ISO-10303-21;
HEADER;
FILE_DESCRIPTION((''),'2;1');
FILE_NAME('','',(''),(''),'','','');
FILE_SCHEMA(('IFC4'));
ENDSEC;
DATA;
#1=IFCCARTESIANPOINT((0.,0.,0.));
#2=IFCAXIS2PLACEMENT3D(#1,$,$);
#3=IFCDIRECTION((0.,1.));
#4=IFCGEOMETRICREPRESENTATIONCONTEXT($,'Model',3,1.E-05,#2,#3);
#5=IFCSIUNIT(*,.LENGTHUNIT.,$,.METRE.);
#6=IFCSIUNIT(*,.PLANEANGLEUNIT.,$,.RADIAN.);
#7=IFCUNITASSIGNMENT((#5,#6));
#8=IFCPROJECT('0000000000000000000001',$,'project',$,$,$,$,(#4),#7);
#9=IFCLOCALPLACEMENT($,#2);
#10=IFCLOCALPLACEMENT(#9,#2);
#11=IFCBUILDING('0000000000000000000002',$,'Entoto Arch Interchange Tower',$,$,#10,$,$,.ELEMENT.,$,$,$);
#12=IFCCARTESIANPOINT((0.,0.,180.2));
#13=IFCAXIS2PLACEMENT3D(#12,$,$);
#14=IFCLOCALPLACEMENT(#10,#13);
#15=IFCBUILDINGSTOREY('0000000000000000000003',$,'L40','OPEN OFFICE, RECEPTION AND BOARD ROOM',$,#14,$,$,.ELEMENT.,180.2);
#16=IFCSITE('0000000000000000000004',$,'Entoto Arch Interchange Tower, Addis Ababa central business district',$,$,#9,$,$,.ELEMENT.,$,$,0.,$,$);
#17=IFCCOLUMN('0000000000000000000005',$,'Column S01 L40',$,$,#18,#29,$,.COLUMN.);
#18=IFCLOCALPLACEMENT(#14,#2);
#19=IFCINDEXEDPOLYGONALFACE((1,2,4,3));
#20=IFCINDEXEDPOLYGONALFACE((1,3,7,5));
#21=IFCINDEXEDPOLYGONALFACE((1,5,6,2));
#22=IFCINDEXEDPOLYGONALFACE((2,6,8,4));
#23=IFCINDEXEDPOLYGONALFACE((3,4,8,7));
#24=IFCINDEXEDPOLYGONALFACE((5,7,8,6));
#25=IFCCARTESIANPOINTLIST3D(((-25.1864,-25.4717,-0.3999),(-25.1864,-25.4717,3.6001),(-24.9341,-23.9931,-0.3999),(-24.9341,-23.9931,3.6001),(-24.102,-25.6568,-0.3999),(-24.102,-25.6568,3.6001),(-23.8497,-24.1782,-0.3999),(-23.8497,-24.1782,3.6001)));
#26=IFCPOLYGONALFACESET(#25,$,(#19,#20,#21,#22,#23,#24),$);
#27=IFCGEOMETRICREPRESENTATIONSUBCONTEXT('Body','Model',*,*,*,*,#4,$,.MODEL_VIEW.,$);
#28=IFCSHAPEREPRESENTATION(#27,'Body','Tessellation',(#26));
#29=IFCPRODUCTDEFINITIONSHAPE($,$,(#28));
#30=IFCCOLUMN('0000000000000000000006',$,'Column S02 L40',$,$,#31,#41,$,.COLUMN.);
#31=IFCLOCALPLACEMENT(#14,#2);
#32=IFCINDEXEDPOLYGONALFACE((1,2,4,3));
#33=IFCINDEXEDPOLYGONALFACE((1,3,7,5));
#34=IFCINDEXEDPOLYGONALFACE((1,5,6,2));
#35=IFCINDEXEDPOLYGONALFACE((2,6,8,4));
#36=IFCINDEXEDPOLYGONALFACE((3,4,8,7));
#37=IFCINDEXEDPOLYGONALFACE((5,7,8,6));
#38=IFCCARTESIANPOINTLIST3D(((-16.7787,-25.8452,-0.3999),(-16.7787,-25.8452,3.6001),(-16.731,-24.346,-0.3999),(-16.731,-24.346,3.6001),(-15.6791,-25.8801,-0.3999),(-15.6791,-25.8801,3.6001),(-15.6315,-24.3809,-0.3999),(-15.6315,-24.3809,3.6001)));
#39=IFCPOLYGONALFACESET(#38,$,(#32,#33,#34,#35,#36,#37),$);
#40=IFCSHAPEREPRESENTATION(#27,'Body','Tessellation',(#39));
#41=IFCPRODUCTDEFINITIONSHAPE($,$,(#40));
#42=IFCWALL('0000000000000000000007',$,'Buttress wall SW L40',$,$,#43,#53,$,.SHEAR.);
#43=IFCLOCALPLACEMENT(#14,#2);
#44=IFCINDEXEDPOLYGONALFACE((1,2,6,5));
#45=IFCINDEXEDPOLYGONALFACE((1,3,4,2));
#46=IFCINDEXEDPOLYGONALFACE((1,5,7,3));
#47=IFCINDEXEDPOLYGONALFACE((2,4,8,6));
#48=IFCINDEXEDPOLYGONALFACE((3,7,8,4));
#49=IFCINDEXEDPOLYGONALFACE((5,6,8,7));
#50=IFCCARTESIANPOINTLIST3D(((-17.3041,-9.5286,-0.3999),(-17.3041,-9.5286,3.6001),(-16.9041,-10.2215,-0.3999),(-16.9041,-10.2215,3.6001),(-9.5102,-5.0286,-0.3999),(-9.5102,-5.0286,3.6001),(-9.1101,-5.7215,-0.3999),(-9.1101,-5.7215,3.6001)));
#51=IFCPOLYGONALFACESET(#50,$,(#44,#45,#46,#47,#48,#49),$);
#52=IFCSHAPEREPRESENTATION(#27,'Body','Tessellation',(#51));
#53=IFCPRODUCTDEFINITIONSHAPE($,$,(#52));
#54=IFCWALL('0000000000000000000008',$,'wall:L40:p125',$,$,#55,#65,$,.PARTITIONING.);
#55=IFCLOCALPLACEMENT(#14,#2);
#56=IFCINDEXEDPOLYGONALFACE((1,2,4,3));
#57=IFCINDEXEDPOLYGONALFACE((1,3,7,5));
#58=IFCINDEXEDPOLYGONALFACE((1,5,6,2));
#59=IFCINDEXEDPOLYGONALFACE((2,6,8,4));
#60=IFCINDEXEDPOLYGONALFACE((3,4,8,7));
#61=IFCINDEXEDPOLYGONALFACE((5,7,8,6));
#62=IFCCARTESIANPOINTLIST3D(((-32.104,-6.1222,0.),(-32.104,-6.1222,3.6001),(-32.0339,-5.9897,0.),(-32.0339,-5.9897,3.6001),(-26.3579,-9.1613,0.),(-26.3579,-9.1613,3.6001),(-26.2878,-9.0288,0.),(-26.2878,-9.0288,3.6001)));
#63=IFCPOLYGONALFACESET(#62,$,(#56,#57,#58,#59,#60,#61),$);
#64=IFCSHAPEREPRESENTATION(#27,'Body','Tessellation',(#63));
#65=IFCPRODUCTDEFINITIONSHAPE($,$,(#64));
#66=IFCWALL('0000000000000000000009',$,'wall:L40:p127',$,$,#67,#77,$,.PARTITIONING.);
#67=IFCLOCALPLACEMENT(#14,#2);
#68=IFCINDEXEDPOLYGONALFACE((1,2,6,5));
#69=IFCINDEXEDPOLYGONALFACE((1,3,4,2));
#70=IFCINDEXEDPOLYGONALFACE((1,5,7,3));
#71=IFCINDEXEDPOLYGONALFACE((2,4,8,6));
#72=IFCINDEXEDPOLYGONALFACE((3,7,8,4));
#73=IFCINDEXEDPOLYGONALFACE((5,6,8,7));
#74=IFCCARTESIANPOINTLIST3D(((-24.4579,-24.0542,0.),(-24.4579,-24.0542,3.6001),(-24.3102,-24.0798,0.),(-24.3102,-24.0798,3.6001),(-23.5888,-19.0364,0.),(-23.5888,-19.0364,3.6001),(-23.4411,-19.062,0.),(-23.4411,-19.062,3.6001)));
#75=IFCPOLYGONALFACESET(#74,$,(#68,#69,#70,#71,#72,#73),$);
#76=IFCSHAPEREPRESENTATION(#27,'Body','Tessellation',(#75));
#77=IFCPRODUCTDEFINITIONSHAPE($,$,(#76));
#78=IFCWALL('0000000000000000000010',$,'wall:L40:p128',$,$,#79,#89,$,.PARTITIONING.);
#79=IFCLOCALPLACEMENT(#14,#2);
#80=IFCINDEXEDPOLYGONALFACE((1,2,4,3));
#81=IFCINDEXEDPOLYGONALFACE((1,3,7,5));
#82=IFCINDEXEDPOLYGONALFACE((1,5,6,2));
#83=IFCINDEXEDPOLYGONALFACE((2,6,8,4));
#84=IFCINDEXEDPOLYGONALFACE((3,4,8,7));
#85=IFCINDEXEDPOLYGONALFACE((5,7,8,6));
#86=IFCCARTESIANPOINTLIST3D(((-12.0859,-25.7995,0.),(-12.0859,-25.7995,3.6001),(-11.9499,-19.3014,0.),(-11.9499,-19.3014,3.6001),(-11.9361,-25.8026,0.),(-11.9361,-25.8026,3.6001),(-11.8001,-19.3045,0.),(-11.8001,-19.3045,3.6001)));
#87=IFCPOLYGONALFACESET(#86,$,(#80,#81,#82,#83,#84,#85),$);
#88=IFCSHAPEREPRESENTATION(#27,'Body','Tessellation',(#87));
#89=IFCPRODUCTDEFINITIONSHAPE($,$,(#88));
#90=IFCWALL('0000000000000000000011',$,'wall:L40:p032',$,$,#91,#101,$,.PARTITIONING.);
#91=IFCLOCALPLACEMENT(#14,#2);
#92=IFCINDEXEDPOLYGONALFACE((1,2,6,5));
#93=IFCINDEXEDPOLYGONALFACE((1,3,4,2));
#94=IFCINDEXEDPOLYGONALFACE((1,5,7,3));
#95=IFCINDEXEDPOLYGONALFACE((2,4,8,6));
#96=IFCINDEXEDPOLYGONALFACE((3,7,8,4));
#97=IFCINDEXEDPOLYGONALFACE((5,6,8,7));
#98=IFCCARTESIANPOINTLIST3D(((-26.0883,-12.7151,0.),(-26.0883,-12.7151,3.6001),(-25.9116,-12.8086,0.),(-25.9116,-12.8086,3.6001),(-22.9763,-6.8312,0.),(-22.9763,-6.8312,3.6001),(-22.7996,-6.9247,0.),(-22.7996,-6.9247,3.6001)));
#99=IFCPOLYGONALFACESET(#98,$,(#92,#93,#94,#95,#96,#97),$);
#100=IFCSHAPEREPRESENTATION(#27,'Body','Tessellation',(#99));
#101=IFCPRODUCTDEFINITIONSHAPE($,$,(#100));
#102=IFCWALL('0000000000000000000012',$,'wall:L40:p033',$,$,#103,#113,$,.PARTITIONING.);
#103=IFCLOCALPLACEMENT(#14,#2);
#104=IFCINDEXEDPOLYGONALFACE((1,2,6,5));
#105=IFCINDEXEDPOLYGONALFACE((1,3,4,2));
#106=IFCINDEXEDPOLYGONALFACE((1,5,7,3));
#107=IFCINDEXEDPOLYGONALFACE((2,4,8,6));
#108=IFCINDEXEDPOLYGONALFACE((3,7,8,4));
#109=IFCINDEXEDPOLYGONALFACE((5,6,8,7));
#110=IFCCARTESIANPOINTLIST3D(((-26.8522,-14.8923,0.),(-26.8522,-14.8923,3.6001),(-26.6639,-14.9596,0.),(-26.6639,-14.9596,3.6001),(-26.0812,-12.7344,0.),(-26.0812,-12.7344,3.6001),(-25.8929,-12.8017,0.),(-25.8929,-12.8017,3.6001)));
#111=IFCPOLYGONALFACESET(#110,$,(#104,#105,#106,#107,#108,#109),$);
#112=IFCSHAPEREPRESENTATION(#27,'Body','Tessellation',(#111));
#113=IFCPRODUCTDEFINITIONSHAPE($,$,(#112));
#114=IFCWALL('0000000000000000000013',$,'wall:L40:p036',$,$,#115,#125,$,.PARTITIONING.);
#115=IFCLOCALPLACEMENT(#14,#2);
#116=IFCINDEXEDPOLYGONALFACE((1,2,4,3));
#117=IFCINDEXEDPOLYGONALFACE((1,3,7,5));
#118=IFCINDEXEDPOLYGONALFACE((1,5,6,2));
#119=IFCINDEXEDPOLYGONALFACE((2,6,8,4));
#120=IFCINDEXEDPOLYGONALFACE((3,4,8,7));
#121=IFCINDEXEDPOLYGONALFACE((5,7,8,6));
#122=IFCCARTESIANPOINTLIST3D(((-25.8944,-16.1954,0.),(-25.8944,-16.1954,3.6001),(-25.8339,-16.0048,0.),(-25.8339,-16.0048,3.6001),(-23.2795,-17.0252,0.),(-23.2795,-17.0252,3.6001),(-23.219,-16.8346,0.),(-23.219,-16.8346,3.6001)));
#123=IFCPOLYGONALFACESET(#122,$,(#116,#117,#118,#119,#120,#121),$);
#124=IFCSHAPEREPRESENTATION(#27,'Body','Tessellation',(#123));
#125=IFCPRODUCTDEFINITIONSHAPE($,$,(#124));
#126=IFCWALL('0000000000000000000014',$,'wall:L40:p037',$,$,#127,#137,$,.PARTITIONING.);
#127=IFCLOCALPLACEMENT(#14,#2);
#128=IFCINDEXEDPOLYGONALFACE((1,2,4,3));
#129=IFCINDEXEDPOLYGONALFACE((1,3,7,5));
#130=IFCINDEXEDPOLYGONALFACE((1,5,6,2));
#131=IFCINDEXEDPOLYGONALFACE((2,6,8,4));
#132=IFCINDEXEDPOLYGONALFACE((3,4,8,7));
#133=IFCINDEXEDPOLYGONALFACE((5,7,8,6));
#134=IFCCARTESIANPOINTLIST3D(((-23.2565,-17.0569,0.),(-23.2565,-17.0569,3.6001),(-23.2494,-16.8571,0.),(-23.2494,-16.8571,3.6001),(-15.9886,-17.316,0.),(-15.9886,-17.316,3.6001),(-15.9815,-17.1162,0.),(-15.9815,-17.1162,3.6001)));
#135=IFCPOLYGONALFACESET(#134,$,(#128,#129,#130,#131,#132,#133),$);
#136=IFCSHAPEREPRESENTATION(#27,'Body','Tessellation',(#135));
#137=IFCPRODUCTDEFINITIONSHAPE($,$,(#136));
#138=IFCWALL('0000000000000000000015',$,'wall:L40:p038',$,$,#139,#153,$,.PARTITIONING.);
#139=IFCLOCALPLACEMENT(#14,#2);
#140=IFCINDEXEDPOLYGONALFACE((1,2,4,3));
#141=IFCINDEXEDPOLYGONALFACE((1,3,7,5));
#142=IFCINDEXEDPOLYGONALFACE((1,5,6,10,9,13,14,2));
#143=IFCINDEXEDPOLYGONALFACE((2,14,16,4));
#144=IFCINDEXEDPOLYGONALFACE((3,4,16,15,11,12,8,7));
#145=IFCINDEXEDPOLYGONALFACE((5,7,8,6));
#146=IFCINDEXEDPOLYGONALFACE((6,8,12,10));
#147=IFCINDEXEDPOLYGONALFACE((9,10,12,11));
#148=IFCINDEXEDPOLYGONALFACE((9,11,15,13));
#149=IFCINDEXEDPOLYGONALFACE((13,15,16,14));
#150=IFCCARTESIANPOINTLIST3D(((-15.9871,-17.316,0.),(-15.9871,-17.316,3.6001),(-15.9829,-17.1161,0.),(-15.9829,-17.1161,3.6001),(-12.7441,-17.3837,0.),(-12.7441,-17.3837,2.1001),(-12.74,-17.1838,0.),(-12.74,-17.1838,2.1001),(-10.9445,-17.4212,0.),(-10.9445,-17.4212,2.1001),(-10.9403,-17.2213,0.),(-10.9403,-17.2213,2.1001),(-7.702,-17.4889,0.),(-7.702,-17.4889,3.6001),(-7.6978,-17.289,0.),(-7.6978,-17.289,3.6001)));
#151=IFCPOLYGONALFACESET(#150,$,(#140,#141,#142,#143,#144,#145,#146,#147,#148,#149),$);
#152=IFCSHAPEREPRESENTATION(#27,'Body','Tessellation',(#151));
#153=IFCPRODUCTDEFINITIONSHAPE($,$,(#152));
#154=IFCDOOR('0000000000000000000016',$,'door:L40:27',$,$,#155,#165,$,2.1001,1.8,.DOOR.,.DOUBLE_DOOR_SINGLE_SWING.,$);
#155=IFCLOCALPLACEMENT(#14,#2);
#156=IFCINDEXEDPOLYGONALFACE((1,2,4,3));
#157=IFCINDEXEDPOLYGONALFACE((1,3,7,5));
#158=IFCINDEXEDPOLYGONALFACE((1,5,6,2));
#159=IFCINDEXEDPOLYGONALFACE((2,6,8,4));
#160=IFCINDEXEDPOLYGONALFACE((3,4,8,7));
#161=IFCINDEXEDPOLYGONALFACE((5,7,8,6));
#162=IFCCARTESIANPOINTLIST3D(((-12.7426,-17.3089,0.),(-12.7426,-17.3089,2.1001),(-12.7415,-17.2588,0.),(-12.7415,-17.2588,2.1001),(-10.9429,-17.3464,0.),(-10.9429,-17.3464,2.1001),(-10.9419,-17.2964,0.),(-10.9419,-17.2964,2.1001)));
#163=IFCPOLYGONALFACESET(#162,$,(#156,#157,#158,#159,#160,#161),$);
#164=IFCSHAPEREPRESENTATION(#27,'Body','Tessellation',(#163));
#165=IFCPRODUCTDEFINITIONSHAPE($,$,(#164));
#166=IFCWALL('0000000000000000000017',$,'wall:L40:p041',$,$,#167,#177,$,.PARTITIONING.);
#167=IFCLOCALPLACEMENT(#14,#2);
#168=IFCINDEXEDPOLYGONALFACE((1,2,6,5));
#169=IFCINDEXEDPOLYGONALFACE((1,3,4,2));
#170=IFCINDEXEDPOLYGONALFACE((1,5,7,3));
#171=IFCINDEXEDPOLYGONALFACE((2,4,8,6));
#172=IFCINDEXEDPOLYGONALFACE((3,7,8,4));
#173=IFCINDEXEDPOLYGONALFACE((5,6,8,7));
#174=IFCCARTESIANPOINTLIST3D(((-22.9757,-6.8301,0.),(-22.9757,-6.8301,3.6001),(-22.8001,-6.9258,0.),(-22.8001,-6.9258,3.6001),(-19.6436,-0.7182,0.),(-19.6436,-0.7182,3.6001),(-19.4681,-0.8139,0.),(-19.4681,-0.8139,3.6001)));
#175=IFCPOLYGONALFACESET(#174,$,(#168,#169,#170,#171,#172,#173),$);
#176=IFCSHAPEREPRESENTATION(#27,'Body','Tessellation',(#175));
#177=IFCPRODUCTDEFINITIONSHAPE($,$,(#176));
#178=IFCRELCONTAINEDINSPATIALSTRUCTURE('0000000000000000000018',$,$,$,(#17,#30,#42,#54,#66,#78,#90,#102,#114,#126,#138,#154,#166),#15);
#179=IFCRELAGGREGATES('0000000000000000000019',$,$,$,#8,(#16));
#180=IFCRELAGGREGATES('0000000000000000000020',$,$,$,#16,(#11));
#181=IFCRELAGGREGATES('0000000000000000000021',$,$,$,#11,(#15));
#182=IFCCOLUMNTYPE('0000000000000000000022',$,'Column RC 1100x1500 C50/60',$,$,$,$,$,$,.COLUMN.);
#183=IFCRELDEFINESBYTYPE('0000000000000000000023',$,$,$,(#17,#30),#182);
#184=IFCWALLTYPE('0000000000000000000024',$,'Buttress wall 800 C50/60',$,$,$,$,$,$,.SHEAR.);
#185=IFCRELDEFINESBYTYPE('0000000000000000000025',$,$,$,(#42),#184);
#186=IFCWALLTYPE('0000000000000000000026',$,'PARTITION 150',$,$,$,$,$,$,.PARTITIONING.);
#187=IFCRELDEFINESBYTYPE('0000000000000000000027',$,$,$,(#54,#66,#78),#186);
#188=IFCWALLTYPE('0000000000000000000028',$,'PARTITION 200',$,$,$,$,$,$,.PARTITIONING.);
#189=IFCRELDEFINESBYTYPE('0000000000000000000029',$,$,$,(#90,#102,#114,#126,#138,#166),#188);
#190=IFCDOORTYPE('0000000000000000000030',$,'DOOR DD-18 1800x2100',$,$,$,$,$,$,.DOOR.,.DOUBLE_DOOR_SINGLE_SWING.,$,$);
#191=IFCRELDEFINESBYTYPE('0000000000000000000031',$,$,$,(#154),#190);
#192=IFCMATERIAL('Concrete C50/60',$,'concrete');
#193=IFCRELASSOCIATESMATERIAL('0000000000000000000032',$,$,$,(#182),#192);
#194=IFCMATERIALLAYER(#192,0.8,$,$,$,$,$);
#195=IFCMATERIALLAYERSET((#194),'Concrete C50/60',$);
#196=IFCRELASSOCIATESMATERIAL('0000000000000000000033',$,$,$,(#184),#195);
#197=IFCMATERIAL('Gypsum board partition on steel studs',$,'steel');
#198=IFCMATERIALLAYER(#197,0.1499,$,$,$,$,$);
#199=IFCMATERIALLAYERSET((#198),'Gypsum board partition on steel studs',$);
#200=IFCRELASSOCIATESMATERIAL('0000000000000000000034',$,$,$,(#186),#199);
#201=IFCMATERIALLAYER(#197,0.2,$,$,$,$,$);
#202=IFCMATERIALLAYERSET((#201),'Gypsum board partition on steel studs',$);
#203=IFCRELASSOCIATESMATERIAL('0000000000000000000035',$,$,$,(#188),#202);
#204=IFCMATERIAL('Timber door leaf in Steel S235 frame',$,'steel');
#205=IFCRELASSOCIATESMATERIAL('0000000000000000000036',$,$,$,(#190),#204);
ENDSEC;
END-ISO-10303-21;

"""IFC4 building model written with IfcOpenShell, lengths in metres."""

from ifc_helpers import new_model, si_unit, direction, frame, frame_2d, origin, origin_2d, place, context, subcontext, project, spatial, rectangle, extrude, material, layer, layer_set, material_profile, profile_set, type_object, element, fill, save


model = new_model("IFC4")

# Units and contexts
model_context = context("Model", 3, precision=1e-05, world=origin(), true_north=direction((0.0, 1.0)))
body_context = subcontext(model_context, "Body", "Model", "MODEL_VIEW")
ifc_project = project(units=[si_unit("LENGTHUNIT", "METRE"), si_unit("PLANEANGLEUNIT", "RADIAN")], contexts=[model_context])

# Site, building, storey
site_placement = place(None, origin())
site = spatial("IfcSite", under=ifc_project, at=site_placement, Name="Entoto Arch Interchange Tower, Addis Ababa central business district", CompositionType="ELEMENT", RefElevation=0.0)
building_placement = place(site_placement, origin())
building = spatial("IfcBuilding", under=site, at=building_placement, Name="Entoto Arch Interchange Tower", CompositionType="ELEMENT")
storey_placement = place(building_placement, frame((0.0, 0.0, 180.2)))
storey = spatial("IfcBuildingStorey", under=building, at=storey_placement, Name="L40", Description="OPEN OFFICE, RECEPTION AND BOARD ROOM", CompositionType="ELEMENT", Elevation=180.2)

# Columns
ifc_material_1 = material(Name="Concrete C50/60", Category="concrete")
ifc_material_profile = material_profile(ifc_material_1, rectangle(XDim=1.1001, YDim=1.5, at=origin_2d()))
ifc_profile_set = profile_set([ifc_material_profile], Name="Concrete C50/60")
column_type = type_object("IfcColumnType", Name="Column RC 1100x1500 C50/60", PredefinedType="COLUMN", material=ifc_profile_set)
for number, where, z_axis, x_axis, name in (
    (1, (-24.5181, -24.825, -0.3999), (0.0, 0.0, 1.0), (-0.985753, 0.168197, 0.0), "Column S01 L40"),
    (2, (-16.2051, -25.113, -0.3999), (0.0, 0.0, 1.0), (-0.999496, 0.031742, 0.0), "Column S02 L40"),
):
    element("IfcColumn", number, at=place(storey_placement, frame(where, z_axis=z_axis, x_axis=x_axis)), inside=storey, type_object=column_type, Name=name, PredefinedType="COLUMN", context=body_context, shape_type="SweptSolid", body=[
        extrude(rectangle(XDim=1.1001, YDim=1.5, at=origin_2d()), origin(), (0.0, 0.0, 1.0), 4.0),
    ])

# Walls
ifc_layer_1 = layer(ifc_material_1, 0.8)
ifc_layer_set_1 = layer_set([ifc_layer_1], Name="Concrete C50/60")
wall_type_1 = type_object("IfcWallType", Name="Buttress wall 800 C50/60", PredefinedType="SHEAR", material=ifc_layer_set_1)
wall_1_placement = place(storey_placement, frame((-9.3101, -5.375, -0.3999), z_axis=(0.0, 0.0, 1.0), x_axis=(-0.866018, -0.500014, 0.0)))
element("IfcWall", 3, at=wall_1_placement, inside=storey, type_object=wall_type_1, Name="Buttress wall SW L40", PredefinedType="SHEAR", context=body_context, shape_type="SweptSolid", body=[
    extrude(rectangle(XDim=8.9998, YDim=0.8, at=frame_2d((4.5, 0.0))), origin(), (0.0, 0.0, 1.0), 4.0),
])
ifc_material_2 = material(Name="Gypsum board partition on steel studs", Category="steel")
ifc_layer_2 = layer(ifc_material_2, 0.1499)
ifc_layer_set_2 = layer_set([ifc_layer_2], Name="Gypsum board partition on steel studs")
wall_type_2 = type_object("IfcWallType", Name="PARTITION 150", PredefinedType="PARTITIONING", material=ifc_layer_set_2)
wall_2_placement = place(storey_placement, frame((-26.323, -9.095, 0.0), z_axis=(0.0, 0.0, 1.0), x_axis=(-0.883978, 0.467529, 0.0)))
element("IfcWall", 4, at=wall_2_placement, inside=storey, type_object=wall_type_2, Name="wall:L40:p125", PredefinedType="PARTITIONING", context=body_context, shape_type="SweptSolid", body=[
    extrude(rectangle(XDim=6.5002, YDim=0.1499, at=frame_2d((3.25, 0.0))), origin(), (0.0, 0.0, 1.0), 3.6001),
])
wall_3_placement = place(storey_placement, frame((-23.5149, -19.0491, 0.0), z_axis=(0.0, 0.0, 1.0), x_axis=(-0.170669, -0.985328, 0.0)))
element("IfcWall", 5, at=wall_3_placement, inside=storey, type_object=wall_type_2, Name="wall:L40:p127", PredefinedType="PARTITIONING", context=body_context, shape_type="SweptSolid", body=[
    extrude(rectangle(XDim=5.0925, YDim=0.1499, at=frame_2d((2.5464, 0.0))), origin(), (0.0, 0.0, 1.0), 3.6001),
])
wall_4_placement = place(storey_placement, frame((-11.875, -19.303, 0.0), z_axis=(0.0, 0.0, 1.0), x_axis=(-0.020923, -0.999781, 0.0)))
element("IfcWall", 6, at=wall_4_placement, inside=storey, type_object=wall_type_2, Name="wall:L40:p128", PredefinedType="PARTITIONING", context=body_context, shape_type="SweptSolid", body=[
    extrude(rectangle(XDim=6.4995, YDim=0.1499, at=frame_2d((3.2498, 0.0))), origin(), (0.0, 0.0, 1.0), 3.6001),
])
ifc_layer_3 = layer(ifc_material_2, 0.2)
ifc_layer_set_3 = layer_set([ifc_layer_3], Name="Gypsum board partition on steel studs")
wall_type_3 = type_object("IfcWallType", Name="PARTITION 200", PredefinedType="PARTITIONING", material=ifc_layer_set_3)
wall_5_placement = place(storey_placement, frame((-22.8879, -6.8779, 0.0), z_axis=(0.0, 0.0, 1.0), x_axis=(-0.467534, -0.883975, 0.0)))
element("IfcWall", 7, at=wall_5_placement, inside=storey, type_object=wall_type_3, Name="wall:L40:p032", PredefinedType="PARTITIONING", context=body_context, shape_type="SweptSolid", body=[
    extrude(rectangle(XDim=6.6562, YDim=0.2, at=frame_2d((3.3281, 0.0))), origin(), (0.0, 0.0, 1.0), 3.6001),
])
wall_6_placement = place(storey_placement, frame((-25.9871, -12.7681, 0.0), z_axis=(0.0, 0.0, 1.0), x_axis=(-0.336451, -0.941701, 0.0)))
element("IfcWall", 8, at=wall_6_placement, inside=storey, type_object=wall_type_3, Name="wall:L40:p033", PredefinedType="PARTITIONING", context=body_context, shape_type="SweptSolid", body=[
    extrude(rectangle(XDim=2.2915, YDim=0.2, at=frame_2d((1.1458, 0.0))), origin(), (0.0, 0.0, 1.0), 3.6001),
])
wall_7_placement = place(storey_placement, frame((-25.864, -16.1001, 0.0), z_axis=(0.0, 0.0, 1.0), x_axis=(0.953158, -0.302473, 0.0)))
element("IfcWall", 9, at=wall_7_placement, inside=storey, type_object=wall_type_3, Name="wall:L40:p036", PredefinedType="PARTITIONING", context=body_context, shape_type="SweptSolid", body=[
    extrude(rectangle(XDim=2.7434, YDim=0.2, at=frame_2d((1.3716, 0.0))), origin(), (0.0, 0.0, 1.0), 3.6001),
])
wall_8_placement = place(storey_placement, frame((-23.2529, -16.957, 0.0), z_axis=(0.0, 0.0, 1.0), x_axis=(0.999365, -0.035618, 0.0)))
element("IfcWall", 10, at=wall_8_placement, inside=storey, type_object=wall_type_3, Name="wall:L40:p037", PredefinedType="PARTITIONING", context=body_context, shape_type="SweptSolid", body=[
    extrude(rectangle(XDim=7.2725, YDim=0.2, at=frame_2d((3.6362, 0.0))), origin(), (0.0, 0.0, 1.0), 3.6001),
])

# Wall, opening, door
wall_9_placement = place(storey_placement, frame((-15.9851, -17.2161, 0.0), z_axis=(0.0, 0.0, 1.0), x_axis=(0.999782, -0.020858, 0.0)))
wall_9 = element("IfcWall", 11, at=wall_9_placement, inside=storey, type_object=wall_type_3, Name="wall:L40:p038", PredefinedType="PARTITIONING", context=body_context, shape_type="SweptSolid", body=[
    extrude(rectangle(XDim=8.2869, YDim=0.2, at=frame_2d((4.1436, 0.0))), origin(), (0.0, 0.0, 1.0), 3.6001),
])
opening_1_placement = place(wall_9_placement, frame((3.2439, 0.0, 0.0)))
opening_1 = element("IfcOpeningElement", 12, at=opening_1_placement, cuts=wall_9, PredefinedType="OPENING", context=body_context, shape_type="SweptSolid", body=[
    extrude(rectangle(XDim=1.8, YDim=2.1001, at=frame_2d((0.8999, 1.05))), frame((0.0, 0.1099, 0.0), z_axis=(0.0, -1.0, 0.0), x_axis=(1.0, 0.0, 0.0)), (0.0, 0.0, 1.0), 0.22),
])
ifc_material_3 = material(Name="Timber door leaf in Steel S235 frame", Category="steel")
door_type_1 = type_object("IfcDoorType", Name="DOOR DD-18 1800x2100", OperationType="DOUBLE_DOOR_SINGLE_SWING", PredefinedType="DOOR", material=ifc_material_3)
door_1_placement = place(opening_1_placement, origin())
door_1 = element("IfcDoor", 13, at=door_1_placement, inside=storey, type_object=door_type_1, Name="door:L40:27", OperationType="DOUBLE_DOOR_SINGLE_SWING", OverallHeight=2.1001, OverallWidth=1.8, PredefinedType="DOOR", context=body_context, shape_type="SweptSolid", body=[
    extrude(rectangle(XDim=1.8, YDim=2.1001, at=frame_2d((0.8999, 1.05))), frame((0.0, 0.0249, 0.0), z_axis=(0.0, -1.0, 0.0), x_axis=(1.0, 0.0, 0.0)), (0.0, 0.0, 1.0), 0.05),
])
fill(opening_1, door_1)

# Wall
wall_10_placement = place(storey_placement, frame((-19.5559, -0.7661, 0.0), z_axis=(0.0, 0.0, 1.0), x_axis=(-0.478665, -0.877997, 0.0)))
element("IfcWall", 14, at=wall_10_placement, inside=storey, type_object=wall_type_3, Name="wall:L40:p041", PredefinedType="PARTITIONING", context=body_context, shape_type="SweptSolid", body=[
    extrude(rectangle(XDim=6.9612, YDim=0.2, at=frame_2d((3.4805, 0.0))), origin(), (0.0, 0.0, 1.0), 3.6001),
])

save(model, "model.ifc")
